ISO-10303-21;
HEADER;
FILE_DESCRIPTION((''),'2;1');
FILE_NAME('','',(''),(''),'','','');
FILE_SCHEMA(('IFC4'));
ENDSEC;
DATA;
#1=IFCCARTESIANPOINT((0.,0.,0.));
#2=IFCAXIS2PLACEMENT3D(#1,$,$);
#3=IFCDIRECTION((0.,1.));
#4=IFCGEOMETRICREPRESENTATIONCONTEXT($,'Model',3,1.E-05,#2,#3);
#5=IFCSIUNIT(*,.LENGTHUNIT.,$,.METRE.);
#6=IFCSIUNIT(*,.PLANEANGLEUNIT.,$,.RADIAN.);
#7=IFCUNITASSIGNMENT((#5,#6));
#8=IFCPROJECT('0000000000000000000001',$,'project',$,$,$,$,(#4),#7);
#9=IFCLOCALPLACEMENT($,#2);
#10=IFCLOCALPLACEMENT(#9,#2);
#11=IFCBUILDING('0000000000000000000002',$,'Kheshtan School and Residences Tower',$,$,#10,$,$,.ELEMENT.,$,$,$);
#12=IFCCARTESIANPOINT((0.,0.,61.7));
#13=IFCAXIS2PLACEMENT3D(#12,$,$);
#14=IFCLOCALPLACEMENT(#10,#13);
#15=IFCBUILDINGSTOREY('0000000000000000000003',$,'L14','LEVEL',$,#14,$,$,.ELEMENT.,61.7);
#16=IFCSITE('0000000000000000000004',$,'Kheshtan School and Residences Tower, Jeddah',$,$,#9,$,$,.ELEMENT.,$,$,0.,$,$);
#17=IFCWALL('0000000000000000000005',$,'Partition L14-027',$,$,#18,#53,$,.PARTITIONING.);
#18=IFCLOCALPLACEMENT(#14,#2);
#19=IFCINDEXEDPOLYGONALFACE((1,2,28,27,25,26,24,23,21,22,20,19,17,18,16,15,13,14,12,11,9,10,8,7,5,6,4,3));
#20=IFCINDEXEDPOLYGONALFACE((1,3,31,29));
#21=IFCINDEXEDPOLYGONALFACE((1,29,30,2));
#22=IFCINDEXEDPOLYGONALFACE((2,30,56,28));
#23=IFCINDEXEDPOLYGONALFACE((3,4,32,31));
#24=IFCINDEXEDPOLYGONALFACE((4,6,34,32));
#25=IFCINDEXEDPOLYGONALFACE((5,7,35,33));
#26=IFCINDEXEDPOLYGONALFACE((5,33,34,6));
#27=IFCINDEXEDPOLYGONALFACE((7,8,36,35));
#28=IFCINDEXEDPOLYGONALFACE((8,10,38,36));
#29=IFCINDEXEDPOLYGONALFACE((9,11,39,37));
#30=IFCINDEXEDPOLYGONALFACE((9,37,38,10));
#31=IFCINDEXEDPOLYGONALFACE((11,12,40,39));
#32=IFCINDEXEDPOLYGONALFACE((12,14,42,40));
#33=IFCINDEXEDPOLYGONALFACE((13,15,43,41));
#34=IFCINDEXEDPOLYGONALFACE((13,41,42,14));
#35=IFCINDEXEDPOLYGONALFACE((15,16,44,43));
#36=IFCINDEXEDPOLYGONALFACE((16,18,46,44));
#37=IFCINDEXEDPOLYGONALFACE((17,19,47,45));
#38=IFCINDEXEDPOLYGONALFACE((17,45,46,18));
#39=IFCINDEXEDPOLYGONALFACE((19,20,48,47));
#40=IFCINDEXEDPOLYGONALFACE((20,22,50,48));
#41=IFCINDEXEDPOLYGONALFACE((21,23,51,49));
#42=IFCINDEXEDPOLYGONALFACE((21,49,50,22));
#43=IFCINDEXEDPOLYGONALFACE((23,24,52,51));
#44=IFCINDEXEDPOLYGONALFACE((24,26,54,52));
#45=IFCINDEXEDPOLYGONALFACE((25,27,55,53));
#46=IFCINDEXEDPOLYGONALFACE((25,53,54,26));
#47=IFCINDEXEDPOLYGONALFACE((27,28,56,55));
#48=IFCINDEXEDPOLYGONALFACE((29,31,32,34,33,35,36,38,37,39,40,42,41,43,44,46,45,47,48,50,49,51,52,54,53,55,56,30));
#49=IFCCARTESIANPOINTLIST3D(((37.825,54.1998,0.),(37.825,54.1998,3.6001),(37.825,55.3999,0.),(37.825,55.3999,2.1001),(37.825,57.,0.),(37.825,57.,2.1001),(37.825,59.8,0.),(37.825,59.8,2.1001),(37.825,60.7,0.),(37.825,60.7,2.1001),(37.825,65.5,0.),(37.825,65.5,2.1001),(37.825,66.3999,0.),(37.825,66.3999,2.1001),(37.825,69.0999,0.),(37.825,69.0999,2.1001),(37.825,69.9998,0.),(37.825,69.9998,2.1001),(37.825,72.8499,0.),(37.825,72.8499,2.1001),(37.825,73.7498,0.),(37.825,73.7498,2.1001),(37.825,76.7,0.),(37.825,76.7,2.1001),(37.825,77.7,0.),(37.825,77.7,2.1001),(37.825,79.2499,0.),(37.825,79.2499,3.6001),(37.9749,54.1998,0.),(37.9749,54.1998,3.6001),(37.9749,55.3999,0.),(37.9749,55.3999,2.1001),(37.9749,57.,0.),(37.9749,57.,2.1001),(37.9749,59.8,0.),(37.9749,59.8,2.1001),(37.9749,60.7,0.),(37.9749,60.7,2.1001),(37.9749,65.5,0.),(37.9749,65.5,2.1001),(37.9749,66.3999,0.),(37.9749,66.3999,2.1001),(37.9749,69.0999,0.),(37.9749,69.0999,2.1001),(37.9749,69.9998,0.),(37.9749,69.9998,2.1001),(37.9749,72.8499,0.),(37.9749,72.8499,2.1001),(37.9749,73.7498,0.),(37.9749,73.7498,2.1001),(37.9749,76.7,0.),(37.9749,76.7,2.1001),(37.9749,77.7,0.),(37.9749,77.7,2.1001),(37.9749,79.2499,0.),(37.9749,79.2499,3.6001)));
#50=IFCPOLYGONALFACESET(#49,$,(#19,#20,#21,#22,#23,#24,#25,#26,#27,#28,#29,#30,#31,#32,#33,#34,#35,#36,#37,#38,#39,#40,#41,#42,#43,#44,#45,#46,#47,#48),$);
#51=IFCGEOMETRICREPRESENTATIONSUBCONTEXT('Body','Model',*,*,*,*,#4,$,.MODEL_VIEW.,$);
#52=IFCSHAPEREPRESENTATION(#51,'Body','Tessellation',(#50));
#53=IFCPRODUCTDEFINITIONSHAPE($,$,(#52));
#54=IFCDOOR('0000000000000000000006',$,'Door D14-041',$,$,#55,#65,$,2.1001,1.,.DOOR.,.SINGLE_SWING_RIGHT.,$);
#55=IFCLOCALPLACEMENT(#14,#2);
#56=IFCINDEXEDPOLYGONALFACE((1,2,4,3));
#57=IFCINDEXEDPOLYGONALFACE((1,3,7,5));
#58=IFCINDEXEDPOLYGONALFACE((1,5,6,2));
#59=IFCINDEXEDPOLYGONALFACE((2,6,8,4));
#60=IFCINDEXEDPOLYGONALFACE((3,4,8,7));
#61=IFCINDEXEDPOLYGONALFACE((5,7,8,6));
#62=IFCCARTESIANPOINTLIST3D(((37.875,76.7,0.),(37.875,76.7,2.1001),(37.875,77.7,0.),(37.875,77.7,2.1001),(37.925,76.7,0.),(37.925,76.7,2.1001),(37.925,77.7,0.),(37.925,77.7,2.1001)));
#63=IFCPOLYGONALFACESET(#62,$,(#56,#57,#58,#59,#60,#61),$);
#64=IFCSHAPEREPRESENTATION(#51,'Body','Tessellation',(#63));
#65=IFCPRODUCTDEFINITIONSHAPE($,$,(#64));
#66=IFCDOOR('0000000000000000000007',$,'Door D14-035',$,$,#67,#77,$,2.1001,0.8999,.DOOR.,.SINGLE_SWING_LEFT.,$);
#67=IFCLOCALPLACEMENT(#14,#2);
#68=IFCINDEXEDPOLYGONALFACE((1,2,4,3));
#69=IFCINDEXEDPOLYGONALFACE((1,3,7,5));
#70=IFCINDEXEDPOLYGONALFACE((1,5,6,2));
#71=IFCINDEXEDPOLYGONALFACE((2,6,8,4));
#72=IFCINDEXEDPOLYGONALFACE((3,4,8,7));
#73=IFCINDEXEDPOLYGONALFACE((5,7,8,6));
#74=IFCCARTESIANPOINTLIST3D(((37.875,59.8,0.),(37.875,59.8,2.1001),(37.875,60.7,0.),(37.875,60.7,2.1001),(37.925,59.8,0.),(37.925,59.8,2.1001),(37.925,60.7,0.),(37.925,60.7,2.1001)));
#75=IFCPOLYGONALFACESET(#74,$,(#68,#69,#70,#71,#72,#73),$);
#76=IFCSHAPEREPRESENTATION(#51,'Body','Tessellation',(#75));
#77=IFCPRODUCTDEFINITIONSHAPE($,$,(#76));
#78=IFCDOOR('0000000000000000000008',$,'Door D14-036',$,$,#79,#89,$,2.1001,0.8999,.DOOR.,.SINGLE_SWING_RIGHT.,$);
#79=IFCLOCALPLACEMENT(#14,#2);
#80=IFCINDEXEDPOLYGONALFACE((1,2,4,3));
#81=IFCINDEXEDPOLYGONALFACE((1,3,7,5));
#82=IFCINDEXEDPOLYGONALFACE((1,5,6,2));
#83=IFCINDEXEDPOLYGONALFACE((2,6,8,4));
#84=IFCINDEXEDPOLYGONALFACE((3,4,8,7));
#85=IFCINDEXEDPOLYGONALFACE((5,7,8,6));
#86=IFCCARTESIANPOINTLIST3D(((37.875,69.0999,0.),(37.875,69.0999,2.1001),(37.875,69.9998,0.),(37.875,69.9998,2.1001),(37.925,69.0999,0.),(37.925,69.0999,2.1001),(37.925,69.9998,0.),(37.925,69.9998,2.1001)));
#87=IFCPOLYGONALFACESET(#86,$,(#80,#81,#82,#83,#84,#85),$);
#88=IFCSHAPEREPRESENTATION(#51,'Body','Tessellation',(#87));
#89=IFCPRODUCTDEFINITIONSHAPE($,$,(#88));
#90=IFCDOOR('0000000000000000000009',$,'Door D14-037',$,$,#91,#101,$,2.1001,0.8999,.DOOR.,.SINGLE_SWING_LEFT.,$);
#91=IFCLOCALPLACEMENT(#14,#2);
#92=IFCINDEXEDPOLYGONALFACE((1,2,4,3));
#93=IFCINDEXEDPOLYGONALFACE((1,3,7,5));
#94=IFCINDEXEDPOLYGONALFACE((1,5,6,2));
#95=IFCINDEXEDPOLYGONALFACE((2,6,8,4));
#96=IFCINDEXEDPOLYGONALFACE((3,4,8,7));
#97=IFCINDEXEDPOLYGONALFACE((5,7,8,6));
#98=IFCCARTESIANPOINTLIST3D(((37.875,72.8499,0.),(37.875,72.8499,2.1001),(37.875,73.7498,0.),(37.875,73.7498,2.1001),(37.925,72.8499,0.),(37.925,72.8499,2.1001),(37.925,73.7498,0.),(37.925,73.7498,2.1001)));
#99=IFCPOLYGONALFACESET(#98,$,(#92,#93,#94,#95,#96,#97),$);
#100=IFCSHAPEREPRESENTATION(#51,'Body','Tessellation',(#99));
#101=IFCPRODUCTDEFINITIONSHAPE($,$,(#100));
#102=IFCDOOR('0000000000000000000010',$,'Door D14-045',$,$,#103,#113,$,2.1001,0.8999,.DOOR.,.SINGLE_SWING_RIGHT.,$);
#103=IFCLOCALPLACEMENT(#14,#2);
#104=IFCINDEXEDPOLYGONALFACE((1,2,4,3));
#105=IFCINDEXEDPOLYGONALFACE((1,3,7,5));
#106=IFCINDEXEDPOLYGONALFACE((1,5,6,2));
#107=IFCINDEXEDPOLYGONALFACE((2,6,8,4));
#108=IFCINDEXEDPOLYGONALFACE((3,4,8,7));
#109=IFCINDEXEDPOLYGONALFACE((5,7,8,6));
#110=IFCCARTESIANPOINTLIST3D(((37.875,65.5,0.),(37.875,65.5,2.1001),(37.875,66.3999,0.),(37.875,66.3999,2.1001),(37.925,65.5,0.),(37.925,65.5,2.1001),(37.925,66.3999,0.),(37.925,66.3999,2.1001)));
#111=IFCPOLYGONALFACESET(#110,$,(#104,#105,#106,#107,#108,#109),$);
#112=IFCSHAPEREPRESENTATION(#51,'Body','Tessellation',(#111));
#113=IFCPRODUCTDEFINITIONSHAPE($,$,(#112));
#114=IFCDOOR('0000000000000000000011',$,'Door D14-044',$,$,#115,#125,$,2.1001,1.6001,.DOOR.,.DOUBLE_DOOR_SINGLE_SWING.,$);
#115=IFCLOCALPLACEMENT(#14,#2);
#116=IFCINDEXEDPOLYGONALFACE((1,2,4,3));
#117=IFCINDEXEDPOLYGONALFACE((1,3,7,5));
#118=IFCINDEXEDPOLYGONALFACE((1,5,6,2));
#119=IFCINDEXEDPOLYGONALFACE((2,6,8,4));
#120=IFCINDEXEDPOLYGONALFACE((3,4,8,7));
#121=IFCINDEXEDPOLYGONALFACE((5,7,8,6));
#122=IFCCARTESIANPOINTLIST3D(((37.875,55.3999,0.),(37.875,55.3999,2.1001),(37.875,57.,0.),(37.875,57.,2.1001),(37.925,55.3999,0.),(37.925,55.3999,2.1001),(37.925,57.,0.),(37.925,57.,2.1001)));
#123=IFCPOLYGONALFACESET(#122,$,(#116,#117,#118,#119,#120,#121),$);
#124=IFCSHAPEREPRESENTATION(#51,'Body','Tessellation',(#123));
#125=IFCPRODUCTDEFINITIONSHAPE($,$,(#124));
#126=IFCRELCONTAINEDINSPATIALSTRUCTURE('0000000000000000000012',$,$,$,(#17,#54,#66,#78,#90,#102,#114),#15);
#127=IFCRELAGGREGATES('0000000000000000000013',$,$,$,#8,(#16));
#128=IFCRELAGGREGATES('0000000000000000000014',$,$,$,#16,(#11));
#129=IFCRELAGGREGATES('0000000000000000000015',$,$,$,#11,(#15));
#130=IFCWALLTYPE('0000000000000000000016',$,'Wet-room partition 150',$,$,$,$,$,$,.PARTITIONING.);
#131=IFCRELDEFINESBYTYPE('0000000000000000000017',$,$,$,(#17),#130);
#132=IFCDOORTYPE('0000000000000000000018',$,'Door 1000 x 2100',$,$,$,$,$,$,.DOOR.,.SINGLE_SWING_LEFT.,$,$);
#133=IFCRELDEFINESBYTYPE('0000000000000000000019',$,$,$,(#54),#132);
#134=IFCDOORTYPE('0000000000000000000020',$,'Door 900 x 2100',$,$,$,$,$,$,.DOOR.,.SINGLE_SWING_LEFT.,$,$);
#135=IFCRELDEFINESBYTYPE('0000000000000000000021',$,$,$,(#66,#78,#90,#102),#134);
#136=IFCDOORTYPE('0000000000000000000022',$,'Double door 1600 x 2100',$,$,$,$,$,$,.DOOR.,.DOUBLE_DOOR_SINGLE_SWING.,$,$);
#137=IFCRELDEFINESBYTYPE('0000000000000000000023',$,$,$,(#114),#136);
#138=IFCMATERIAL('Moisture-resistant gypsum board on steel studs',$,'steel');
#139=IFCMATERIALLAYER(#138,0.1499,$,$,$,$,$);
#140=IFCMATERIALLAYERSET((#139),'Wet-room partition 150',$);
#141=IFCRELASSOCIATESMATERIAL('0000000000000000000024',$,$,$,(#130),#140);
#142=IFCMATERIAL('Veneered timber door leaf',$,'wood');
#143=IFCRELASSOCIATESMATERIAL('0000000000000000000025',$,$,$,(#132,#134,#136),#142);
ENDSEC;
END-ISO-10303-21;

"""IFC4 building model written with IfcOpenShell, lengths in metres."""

from ifc_helpers import new_model, si_unit, direction, frame, frame_2d, origin, place, context, subcontext, project, spatial, rectangle, extrude, source, transform, mapped, material, layer, layer_set, type_object, element, fill, save


model = new_model("IFC4")

# Units and contexts
model_context = context("Model", 3, precision=1e-05, world=origin(), true_north=direction((0.0, 1.0)))
body_context = subcontext(model_context, "Body", "Model", "MODEL_VIEW")
ifc_project = project(units=[si_unit("LENGTHUNIT", "METRE"), si_unit("PLANEANGLEUNIT", "RADIAN")], contexts=[model_context])

# Site, building, storey
site_placement = place(None, origin())
site = spatial("IfcSite", under=ifc_project, at=site_placement, Name="Kheshtan School and Residences Tower, Jeddah", CompositionType="ELEMENT", RefElevation=0.0)
building_placement = place(site_placement, origin())
building = spatial("IfcBuilding", under=site, at=building_placement, Name="Kheshtan School and Residences Tower", CompositionType="ELEMENT")
storey_placement = place(building_placement, frame((0.0, 0.0, 61.7)))
storey = spatial("IfcBuildingStorey", under=building, at=storey_placement, Name="L14", Description="LEVEL", CompositionType="ELEMENT", Elevation=61.7)

# Shared definitions
ifc_material_1 = material(Name="Moisture-resistant gypsum board on steel studs", Category="steel")
ifc_layer_1 = layer(ifc_material_1, 0.1499)
ifc_layer_set_1 = layer_set([ifc_layer_1], Name="Wet-room partition 150")
wall_type_1 = type_object("IfcWallType", Name="Wet-room partition 150", PredefinedType="PARTITIONING", material=ifc_layer_set_1)
ifc_material_2 = material(Name="Veneered timber door leaf", Category="wood")

# Wall, openings, doors
wall_1_placement = place(storey_placement, frame((37.8999, 54.2, 0.0), z_axis=(0.0, 0.0, 1.0), x_axis=(0.0, 1.0, 0.0)))
wall_1 = element("IfcWall", 1, at=wall_1_placement, inside=storey, type_object=wall_type_1, Name="Partition L14-027", PredefinedType="PARTITIONING", context=body_context, shape_type="SweptSolid", body=[
    extrude(rectangle(XDim=25.05, YDim=0.1499, at=frame_2d((12.5249, 0.0))), origin(), (0.0, 0.0, 1.0), 3.6001),
])
opening_1_placement = place(wall_1_placement, frame((5.6001, 0.0, 0.0)))
opening_1 = element("IfcOpeningElement", 2, at=opening_1_placement, cuts=wall_1, PredefinedType="OPENING", context=body_context, shape_type="SweptSolid", body=[
    extrude(rectangle(XDim=0.8999, YDim=2.1001, at=frame_2d((0.45, 1.05))), frame((0.0, 0.085, 0.0), z_axis=(0.0, -1.0, 0.0), x_axis=(1.0, 0.0, 0.0)), (0.0, 0.0, 1.0), 0.1699),
])
opening_2_placement = place(wall_1_placement, frame((14.8999, 0.0, 0.0)))
opening_2 = element("IfcOpeningElement", 3, at=opening_2_placement, cuts=wall_1, PredefinedType="OPENING", context=body_context, shape_type="SweptSolid", body=[
    extrude(rectangle(XDim=0.8999, YDim=2.1001, at=frame_2d((0.45, 1.05))), frame((0.0, 0.085, 0.0), z_axis=(0.0, -1.0, 0.0), x_axis=(1.0, 0.0, 0.0)), (0.0, 0.0, 1.0), 0.1699),
])
opening_3_placement = place(wall_1_placement, frame((18.6499, 0.0, 0.0)))
opening_3 = element("IfcOpeningElement", 4, at=opening_3_placement, cuts=wall_1, PredefinedType="OPENING", context=body_context, shape_type="SweptSolid", body=[
    extrude(rectangle(XDim=0.8999, YDim=2.1001, at=frame_2d((0.45, 1.05))), frame((0.0, 0.085, 0.0), z_axis=(0.0, -1.0, 0.0), x_axis=(1.0, 0.0, 0.0)), (0.0, 0.0, 1.0), 0.1699),
])
opening_4_placement = place(wall_1_placement, frame((22.5, 0.0, 0.0)))
opening_4 = element("IfcOpeningElement", 5, at=opening_4_placement, cuts=wall_1, PredefinedType="OPENING", context=body_context, shape_type="SweptSolid", body=[
    extrude(rectangle(XDim=1.0, YDim=2.1001, at=frame_2d((0.5, 1.05))), frame((0.0, 0.085, 0.0), z_axis=(0.0, -1.0, 0.0), x_axis=(1.0, 0.0, 0.0)), (0.0, 0.0, 1.0), 0.1699),
])
opening_5_placement = place(wall_1_placement, frame((1.2, 0.0, 0.0)))
opening_5 = element("IfcOpeningElement", 6, at=opening_5_placement, cuts=wall_1, PredefinedType="OPENING", context=body_context, shape_type="SweptSolid", body=[
    extrude(rectangle(XDim=1.6001, YDim=2.1001, at=frame_2d((0.8, 1.05))), frame((0.0, 0.085, 0.0), z_axis=(0.0, -1.0, 0.0), x_axis=(1.0, 0.0, 0.0)), (0.0, 0.0, 1.0), 0.1699),
])
opening_6_placement = place(wall_1_placement, frame((11.3, 0.0, 0.0)))
opening_6 = element("IfcOpeningElement", 7, at=opening_6_placement, cuts=wall_1, PredefinedType="OPENING", context=body_context, shape_type="SweptSolid", body=[
    extrude(rectangle(XDim=0.8999, YDim=2.1001, at=frame_2d((0.45, 1.05))), frame((0.0, 0.085, 0.0), z_axis=(0.0, -1.0, 0.0), x_axis=(1.0, 0.0, 0.0)), (0.0, 0.0, 1.0), 0.1699),
])
door_type_1 = type_object("IfcDoorType", Name="Door 1000 x 2100", OperationType="SINGLE_SWING_LEFT", PredefinedType="DOOR", material=ifc_material_2)
shared_shape_1 = source(origin(), body_context, "Body", "SweptSolid", [
    extrude(rectangle(XDim=1.0, YDim=2.1001, at=frame_2d((0.5, 1.05))), frame((0.0, 0.0249, 0.0), z_axis=(0.0, -1.0, 0.0), x_axis=(1.0, 0.0, 0.0)), (0.0, 0.0, 1.0), 0.05),
])
door_1_placement = place(opening_4_placement, origin())
door_1 = element("IfcDoor", 8, at=door_1_placement, inside=storey, type_object=door_type_1, Name="Door D14-041", OperationType="SINGLE_SWING_RIGHT", OverallHeight=2.1001, OverallWidth=1.0, PredefinedType="DOOR", context=body_context, shape_type="MappedRepresentation", body=[
    mapped(shared_shape_1, transform((0.0, 0.0, 0.0), x_axis=(1.0, 0.0, 0.0), y_axis=(0.0, 1.0, 0.0), z_axis=(0.0, 0.0, 1.0), scale=1.0)),
])
fill(opening_4, door_1)
door_type_2 = type_object("IfcDoorType", Name="Door 900 x 2100", OperationType="SINGLE_SWING_LEFT", PredefinedType="DOOR", material=ifc_material_2)
shared_shape_2 = source(origin(), body_context, "Body", "SweptSolid", [
    extrude(rectangle(XDim=0.8999, YDim=2.1001, at=frame_2d((0.45, 1.05))), frame((0.0, 0.0249, 0.0), z_axis=(0.0, -1.0, 0.0), x_axis=(1.0, 0.0, 0.0)), (0.0, 0.0, 1.0), 0.05),
])
door_2_placement = place(opening_1_placement, origin())
door_2 = element("IfcDoor", 9, at=door_2_placement, inside=storey, type_object=door_type_2, Name="Door D14-035", OperationType="SINGLE_SWING_LEFT", OverallHeight=2.1001, OverallWidth=0.8999, PredefinedType="DOOR", context=body_context, shape_type="MappedRepresentation", body=[
    mapped(shared_shape_2, transform((0.0, 0.0, 0.0), x_axis=(1.0, 0.0, 0.0), y_axis=(0.0, 1.0, 0.0), z_axis=(0.0, 0.0, 1.0), scale=1.0)),
])
fill(opening_1, door_2)
door_3_placement = place(opening_2_placement, origin())
door_3 = element("IfcDoor", 10, at=door_3_placement, inside=storey, type_object=door_type_2, Name="Door D14-036", OperationType="SINGLE_SWING_RIGHT", OverallHeight=2.1001, OverallWidth=0.8999, PredefinedType="DOOR", context=body_context, shape_type="MappedRepresentation", body=[
    mapped(shared_shape_2, transform((0.0, 0.0, 0.0), x_axis=(1.0, 0.0, 0.0), y_axis=(0.0, 1.0, 0.0), z_axis=(0.0, 0.0, 1.0), scale=1.0)),
])
fill(opening_2, door_3)
door_4_placement = place(opening_3_placement, origin())
door_4 = element("IfcDoor", 11, at=door_4_placement, inside=storey, type_object=door_type_2, Name="Door D14-037", OperationType="SINGLE_SWING_LEFT", OverallHeight=2.1001, OverallWidth=0.8999, PredefinedType="DOOR", context=body_context, shape_type="MappedRepresentation", body=[
    mapped(shared_shape_2, transform((0.0, 0.0, 0.0), x_axis=(1.0, 0.0, 0.0), y_axis=(0.0, 1.0, 0.0), z_axis=(0.0, 0.0, 1.0), scale=1.0)),
])
fill(opening_3, door_4)
door_5_placement = place(opening_6_placement, origin())
door_5 = element("IfcDoor", 12, at=door_5_placement, inside=storey, type_object=door_type_2, Name="Door D14-045", OperationType="SINGLE_SWING_RIGHT", OverallHeight=2.1001, OverallWidth=0.8999, PredefinedType="DOOR", context=body_context, shape_type="MappedRepresentation", body=[
    mapped(shared_shape_2, transform((0.0, 0.0, 0.0), x_axis=(1.0, 0.0, 0.0), y_axis=(0.0, 1.0, 0.0), z_axis=(0.0, 0.0, 1.0), scale=1.0)),
])
fill(opening_6, door_5)
door_type_3 = type_object("IfcDoorType", Name="Double door 1600 x 2100", OperationType="DOUBLE_DOOR_SINGLE_SWING", PredefinedType="DOOR", material=ifc_material_2)
shared_shape_3 = source(origin(), body_context, "Body", "SweptSolid", [
    extrude(rectangle(XDim=1.6001, YDim=2.1001, at=frame_2d((0.8, 1.05))), frame((0.0, 0.0249, 0.0), z_axis=(0.0, -1.0, 0.0), x_axis=(1.0, 0.0, 0.0)), (0.0, 0.0, 1.0), 0.05),
])
door_6_placement = place(opening_5_placement, origin())
door_6 = element("IfcDoor", 13, at=door_6_placement, inside=storey, type_object=door_type_3, Name="Door D14-044", OperationType="DOUBLE_DOOR_SINGLE_SWING", OverallHeight=2.1001, OverallWidth=1.6001, PredefinedType="DOOR", context=body_context, shape_type="MappedRepresentation", body=[
    mapped(shared_shape_3, transform((0.0, 0.0, 0.0), x_axis=(1.0, 0.0, 0.0), y_axis=(0.0, 1.0, 0.0), z_axis=(0.0, 0.0, 1.0), scale=1.0)),
])
fill(opening_5, door_6)

save(model, "model.ifc")
